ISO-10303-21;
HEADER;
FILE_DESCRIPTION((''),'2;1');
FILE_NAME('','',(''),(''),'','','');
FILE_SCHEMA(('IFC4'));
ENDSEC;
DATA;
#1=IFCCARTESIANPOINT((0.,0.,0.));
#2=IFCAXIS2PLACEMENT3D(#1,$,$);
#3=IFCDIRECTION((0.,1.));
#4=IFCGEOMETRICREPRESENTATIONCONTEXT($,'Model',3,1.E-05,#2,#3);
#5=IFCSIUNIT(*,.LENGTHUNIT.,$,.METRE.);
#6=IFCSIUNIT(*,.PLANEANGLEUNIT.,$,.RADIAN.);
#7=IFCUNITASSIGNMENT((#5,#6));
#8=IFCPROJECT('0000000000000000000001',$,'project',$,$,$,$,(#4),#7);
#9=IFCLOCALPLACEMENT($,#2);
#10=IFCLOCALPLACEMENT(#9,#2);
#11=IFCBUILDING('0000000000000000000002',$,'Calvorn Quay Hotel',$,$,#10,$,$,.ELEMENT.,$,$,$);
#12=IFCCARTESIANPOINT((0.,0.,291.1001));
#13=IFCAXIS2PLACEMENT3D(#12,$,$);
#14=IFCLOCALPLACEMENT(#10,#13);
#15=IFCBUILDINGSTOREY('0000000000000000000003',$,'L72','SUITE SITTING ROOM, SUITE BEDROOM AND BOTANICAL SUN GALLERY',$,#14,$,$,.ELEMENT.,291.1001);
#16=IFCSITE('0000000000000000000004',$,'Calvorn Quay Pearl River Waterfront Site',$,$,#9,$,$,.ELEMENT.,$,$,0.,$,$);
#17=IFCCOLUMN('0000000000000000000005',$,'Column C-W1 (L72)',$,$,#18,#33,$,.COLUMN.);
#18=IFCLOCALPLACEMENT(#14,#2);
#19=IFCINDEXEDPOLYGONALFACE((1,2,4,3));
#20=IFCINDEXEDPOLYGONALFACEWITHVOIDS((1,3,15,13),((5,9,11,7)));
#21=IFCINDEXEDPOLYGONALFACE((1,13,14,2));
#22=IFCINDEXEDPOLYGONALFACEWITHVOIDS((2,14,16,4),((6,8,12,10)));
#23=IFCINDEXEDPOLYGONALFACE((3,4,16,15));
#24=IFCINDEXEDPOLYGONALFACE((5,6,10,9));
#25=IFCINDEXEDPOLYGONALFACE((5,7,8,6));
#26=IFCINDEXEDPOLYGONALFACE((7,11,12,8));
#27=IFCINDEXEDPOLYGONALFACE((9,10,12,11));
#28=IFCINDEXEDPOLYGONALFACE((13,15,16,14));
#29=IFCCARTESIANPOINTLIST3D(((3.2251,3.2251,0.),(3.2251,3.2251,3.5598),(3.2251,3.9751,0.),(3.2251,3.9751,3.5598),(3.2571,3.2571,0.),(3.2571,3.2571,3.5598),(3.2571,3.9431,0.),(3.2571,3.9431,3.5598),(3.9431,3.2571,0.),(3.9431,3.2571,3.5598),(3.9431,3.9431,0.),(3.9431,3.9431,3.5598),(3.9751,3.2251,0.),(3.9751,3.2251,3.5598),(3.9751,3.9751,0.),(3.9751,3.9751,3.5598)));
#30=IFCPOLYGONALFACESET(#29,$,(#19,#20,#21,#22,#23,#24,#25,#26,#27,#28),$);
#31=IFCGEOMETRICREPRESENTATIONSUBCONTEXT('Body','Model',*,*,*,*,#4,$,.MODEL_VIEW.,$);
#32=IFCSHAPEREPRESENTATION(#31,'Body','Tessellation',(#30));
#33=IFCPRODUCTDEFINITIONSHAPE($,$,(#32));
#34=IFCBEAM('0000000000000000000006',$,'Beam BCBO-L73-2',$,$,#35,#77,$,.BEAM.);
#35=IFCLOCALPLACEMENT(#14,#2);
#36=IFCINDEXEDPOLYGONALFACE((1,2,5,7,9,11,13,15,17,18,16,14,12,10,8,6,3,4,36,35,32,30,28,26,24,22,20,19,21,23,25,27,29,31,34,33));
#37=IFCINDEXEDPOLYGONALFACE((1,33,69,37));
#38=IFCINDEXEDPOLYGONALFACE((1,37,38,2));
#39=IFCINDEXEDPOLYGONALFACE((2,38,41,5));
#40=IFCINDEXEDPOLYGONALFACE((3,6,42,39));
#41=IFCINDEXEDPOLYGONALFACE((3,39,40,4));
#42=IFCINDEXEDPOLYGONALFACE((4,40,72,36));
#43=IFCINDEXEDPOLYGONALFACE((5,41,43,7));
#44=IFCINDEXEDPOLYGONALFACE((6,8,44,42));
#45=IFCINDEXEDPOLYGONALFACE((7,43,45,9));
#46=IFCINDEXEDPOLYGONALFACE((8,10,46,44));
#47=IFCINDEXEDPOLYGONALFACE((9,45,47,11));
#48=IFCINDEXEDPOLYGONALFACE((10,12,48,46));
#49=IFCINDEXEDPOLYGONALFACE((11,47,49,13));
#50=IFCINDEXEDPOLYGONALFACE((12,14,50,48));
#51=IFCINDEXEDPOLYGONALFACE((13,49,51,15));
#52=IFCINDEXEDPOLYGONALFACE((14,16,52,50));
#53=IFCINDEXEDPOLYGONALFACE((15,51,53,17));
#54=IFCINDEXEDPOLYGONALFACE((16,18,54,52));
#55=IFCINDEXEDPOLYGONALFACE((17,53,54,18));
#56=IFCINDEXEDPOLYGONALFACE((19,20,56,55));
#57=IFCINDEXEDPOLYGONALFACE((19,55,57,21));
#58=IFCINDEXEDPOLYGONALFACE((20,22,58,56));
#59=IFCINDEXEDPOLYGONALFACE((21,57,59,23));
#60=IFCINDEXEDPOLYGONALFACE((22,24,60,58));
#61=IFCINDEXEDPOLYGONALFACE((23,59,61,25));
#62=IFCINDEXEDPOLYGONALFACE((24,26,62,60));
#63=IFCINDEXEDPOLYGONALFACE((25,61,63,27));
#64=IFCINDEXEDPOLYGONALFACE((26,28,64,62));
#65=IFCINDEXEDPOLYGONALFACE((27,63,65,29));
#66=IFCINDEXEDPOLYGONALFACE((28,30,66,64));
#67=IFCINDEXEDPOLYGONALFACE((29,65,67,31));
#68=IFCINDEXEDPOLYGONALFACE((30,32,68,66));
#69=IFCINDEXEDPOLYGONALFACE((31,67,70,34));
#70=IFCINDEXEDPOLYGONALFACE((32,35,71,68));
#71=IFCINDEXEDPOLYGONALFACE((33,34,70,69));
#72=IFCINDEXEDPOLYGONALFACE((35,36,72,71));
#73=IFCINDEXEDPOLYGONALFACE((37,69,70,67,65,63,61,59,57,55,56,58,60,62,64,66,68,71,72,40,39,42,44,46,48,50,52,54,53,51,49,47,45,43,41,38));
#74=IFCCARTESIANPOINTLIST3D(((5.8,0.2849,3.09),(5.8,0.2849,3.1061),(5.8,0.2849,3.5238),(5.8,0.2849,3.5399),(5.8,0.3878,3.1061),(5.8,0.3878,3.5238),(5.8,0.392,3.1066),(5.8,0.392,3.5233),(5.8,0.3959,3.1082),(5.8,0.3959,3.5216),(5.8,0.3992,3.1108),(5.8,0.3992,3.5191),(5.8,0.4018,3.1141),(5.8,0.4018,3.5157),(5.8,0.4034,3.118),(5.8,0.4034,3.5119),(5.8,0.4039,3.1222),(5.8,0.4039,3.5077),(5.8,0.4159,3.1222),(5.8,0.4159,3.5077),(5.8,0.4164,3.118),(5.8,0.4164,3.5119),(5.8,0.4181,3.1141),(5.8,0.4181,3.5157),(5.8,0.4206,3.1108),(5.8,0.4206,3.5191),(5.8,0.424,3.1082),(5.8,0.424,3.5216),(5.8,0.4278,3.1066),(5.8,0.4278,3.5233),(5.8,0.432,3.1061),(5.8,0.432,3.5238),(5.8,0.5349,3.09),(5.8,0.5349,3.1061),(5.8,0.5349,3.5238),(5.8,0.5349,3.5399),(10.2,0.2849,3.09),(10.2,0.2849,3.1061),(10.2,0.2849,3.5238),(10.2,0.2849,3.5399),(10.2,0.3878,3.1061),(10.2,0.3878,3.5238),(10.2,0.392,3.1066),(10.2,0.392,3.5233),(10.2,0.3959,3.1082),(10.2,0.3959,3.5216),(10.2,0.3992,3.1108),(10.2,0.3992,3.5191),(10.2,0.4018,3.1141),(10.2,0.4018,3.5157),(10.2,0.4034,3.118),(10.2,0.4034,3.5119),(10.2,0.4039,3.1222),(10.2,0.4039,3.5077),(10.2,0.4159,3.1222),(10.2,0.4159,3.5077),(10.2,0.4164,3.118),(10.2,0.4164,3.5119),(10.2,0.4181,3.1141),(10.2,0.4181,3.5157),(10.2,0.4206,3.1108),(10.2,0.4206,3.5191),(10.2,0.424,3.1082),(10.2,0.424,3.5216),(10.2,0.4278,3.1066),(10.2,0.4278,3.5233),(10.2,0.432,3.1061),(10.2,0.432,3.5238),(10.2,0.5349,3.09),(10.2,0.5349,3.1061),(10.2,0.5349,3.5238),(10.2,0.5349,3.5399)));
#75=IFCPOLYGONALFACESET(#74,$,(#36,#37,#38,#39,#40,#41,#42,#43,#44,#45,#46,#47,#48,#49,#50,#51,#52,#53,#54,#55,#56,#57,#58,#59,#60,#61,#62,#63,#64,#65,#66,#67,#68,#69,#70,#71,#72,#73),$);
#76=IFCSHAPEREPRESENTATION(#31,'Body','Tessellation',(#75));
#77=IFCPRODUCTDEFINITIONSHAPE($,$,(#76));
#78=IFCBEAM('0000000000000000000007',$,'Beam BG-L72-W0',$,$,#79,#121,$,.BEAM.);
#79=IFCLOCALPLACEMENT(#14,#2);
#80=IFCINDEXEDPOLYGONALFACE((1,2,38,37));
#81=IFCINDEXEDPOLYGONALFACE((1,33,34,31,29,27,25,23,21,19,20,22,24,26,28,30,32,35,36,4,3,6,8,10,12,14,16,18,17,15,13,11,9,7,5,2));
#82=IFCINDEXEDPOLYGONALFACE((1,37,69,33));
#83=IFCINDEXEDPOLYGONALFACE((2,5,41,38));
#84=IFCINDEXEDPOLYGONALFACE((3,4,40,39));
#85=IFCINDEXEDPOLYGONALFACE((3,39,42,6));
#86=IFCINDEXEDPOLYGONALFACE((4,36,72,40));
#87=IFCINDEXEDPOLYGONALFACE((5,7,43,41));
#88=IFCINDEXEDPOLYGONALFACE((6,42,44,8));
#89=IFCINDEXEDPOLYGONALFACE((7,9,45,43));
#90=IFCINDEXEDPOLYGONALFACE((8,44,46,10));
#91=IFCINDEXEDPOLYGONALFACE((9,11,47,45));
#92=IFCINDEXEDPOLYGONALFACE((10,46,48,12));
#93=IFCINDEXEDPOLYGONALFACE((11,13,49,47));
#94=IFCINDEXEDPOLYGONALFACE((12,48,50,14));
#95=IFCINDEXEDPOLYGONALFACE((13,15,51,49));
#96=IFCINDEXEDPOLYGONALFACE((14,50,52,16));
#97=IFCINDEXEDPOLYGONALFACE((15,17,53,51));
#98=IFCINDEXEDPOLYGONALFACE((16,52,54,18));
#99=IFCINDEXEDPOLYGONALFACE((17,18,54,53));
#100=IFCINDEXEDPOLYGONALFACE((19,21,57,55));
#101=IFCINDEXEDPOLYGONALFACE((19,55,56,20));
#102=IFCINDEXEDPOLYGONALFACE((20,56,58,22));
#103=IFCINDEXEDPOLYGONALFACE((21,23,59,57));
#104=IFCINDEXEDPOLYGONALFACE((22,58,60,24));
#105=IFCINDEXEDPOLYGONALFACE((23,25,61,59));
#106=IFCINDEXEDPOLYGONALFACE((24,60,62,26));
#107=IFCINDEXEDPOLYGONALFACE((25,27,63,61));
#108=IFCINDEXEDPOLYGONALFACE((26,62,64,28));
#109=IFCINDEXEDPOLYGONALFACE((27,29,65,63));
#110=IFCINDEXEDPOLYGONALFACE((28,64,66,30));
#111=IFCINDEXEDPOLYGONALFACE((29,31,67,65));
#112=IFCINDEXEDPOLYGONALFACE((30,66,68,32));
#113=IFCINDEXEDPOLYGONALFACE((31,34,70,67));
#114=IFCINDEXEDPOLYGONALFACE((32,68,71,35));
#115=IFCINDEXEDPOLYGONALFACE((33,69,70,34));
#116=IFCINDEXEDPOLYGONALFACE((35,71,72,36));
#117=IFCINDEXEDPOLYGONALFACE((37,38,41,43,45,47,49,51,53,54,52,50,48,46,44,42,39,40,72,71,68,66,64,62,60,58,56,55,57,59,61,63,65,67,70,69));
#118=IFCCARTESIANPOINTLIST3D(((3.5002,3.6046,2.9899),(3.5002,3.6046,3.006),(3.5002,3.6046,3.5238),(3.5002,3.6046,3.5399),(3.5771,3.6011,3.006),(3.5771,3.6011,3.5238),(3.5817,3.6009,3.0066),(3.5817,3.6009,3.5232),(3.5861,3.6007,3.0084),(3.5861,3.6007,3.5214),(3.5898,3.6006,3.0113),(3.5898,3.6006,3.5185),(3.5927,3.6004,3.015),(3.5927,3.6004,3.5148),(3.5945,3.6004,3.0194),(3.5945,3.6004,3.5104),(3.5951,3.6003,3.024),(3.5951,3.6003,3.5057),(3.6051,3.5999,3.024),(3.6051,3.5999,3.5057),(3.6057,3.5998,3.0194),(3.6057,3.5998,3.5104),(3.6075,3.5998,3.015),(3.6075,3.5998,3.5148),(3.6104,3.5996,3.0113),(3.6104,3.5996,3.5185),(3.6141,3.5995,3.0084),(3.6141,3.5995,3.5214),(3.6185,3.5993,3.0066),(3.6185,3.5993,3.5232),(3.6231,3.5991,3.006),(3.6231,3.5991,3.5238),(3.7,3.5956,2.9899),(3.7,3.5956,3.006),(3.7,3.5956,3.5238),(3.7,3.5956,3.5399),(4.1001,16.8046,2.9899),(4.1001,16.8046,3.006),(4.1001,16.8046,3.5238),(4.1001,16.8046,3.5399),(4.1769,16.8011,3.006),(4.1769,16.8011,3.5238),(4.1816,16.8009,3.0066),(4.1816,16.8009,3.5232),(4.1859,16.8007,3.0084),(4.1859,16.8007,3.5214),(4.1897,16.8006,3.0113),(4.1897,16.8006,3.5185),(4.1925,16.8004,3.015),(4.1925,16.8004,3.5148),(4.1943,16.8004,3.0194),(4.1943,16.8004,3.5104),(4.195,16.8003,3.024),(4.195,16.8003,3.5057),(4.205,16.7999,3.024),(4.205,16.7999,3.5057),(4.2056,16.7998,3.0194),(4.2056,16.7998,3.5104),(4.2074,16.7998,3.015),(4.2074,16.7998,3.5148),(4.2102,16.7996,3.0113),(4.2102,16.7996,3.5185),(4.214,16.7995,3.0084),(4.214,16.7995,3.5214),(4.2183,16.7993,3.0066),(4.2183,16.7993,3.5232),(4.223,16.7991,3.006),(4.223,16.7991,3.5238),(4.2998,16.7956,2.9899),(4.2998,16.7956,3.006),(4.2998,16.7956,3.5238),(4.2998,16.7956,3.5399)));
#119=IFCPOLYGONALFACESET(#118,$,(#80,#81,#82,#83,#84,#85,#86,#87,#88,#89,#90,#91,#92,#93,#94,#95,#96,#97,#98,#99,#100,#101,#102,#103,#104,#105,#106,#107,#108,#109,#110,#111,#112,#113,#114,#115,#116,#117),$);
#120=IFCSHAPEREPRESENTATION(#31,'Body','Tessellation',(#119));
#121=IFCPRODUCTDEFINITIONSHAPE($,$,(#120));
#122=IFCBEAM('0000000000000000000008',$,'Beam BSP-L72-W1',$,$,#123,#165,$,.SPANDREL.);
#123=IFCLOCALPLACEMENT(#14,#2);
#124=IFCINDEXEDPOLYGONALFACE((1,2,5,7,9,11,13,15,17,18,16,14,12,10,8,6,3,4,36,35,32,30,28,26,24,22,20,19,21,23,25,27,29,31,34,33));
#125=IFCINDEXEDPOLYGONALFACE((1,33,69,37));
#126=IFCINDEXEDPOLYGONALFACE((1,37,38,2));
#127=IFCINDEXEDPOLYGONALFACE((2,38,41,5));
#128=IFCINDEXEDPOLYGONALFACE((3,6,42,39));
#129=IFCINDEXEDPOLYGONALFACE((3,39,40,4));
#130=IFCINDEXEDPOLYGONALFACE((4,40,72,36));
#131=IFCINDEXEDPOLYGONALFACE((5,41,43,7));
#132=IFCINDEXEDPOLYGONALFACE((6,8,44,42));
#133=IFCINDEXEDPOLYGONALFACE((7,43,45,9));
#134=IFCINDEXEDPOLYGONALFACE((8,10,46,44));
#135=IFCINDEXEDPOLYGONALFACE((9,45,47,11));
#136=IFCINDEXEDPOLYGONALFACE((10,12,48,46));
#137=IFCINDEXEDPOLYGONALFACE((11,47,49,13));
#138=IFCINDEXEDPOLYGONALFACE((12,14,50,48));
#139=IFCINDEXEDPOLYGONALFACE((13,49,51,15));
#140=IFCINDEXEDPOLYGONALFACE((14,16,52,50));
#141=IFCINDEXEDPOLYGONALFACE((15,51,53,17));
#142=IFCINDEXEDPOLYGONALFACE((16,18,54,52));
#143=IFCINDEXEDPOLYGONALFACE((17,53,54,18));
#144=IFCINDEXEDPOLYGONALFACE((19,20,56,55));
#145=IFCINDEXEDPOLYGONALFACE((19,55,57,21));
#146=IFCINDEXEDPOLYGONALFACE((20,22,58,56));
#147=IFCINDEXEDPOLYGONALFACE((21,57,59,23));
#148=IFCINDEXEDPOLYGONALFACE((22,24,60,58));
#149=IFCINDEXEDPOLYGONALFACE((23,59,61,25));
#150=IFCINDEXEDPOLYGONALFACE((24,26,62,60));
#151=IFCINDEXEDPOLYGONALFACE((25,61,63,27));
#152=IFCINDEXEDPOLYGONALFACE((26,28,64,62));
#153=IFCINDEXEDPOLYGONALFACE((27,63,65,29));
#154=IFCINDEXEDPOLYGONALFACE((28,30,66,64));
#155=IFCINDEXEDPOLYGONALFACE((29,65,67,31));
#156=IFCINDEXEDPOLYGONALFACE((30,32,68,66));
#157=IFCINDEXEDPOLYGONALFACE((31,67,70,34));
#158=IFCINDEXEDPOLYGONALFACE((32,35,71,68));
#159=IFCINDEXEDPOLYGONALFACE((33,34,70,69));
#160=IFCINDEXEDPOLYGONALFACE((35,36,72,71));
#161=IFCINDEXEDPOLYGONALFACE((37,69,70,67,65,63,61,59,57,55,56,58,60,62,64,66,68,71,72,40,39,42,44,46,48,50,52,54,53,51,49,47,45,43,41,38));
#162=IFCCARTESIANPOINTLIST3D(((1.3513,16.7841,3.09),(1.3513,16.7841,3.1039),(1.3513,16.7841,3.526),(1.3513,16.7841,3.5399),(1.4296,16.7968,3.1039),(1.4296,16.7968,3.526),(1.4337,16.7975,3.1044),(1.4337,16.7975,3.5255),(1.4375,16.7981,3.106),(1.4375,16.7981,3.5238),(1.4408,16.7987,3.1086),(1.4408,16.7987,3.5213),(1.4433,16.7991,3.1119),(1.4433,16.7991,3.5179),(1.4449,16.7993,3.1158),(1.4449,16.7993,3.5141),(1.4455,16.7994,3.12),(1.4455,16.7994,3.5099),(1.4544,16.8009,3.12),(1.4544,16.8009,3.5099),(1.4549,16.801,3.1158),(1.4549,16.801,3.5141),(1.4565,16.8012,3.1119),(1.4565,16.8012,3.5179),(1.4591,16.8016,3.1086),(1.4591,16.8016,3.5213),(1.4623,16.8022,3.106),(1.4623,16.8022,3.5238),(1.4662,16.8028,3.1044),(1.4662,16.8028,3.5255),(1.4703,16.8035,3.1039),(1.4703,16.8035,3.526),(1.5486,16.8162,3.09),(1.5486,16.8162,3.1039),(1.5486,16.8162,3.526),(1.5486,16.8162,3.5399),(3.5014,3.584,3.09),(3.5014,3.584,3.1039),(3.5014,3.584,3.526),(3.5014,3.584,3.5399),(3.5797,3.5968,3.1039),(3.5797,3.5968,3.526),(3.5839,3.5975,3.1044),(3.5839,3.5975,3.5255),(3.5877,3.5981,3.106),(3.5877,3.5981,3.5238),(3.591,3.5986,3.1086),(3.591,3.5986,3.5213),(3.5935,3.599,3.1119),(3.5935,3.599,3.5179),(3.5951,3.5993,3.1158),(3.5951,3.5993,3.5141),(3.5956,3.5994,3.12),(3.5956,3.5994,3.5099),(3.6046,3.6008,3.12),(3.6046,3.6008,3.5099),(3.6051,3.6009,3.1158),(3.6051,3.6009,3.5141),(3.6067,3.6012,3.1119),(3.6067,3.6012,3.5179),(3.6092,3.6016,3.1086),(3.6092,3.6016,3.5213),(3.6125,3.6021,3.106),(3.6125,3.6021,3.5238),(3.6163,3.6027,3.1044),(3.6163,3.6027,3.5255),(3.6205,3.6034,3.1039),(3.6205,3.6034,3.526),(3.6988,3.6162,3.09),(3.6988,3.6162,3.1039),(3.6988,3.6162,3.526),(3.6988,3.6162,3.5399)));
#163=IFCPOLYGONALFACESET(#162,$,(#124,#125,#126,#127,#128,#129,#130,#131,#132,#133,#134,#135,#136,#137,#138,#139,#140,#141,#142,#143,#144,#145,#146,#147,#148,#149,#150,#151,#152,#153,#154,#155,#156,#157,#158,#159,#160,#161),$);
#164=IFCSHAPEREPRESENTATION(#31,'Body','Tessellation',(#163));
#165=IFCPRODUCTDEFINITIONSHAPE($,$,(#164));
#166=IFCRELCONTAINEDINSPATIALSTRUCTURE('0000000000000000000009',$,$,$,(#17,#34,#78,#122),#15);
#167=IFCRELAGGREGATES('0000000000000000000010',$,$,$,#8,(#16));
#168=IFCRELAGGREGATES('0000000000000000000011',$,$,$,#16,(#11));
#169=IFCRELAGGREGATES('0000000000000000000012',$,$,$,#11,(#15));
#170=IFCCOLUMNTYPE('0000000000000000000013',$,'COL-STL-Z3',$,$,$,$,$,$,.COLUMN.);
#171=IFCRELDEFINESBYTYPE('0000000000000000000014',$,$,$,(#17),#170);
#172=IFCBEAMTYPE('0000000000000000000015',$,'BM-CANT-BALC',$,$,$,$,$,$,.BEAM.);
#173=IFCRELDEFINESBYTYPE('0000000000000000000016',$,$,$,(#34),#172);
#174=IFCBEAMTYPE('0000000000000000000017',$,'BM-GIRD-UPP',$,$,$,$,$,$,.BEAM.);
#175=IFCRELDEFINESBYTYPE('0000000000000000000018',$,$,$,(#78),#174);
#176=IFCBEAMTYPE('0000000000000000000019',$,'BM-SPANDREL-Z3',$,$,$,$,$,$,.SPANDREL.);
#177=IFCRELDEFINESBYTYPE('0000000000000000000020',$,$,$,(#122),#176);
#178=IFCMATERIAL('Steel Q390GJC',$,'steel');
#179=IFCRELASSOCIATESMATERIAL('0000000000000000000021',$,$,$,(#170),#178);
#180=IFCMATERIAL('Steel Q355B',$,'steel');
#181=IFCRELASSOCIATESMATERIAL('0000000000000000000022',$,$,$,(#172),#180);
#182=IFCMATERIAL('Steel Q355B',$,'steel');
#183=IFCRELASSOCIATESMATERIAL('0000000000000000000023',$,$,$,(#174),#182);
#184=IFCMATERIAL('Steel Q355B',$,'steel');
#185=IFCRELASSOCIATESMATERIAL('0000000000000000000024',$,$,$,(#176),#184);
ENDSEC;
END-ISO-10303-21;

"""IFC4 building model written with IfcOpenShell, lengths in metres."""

from ifc_helpers import new_model, si_unit, direction, frame, origin, origin_2d, place, context, subcontext, project, spatial, hollow_rectangle, i_section, extrude, material, material_profile, profile_set, type_object, element, save


model = new_model("IFC4")

# Units and contexts
model_context = context("Model", 3, precision=1e-05, world=origin(), true_north=direction((0.0, 1.0)))
body_context = subcontext(model_context, "Body", "Model", "MODEL_VIEW")
ifc_project = project(units=[si_unit("LENGTHUNIT", "METRE"), si_unit("PLANEANGLEUNIT", "RADIAN")], contexts=[model_context])

# Site, building, storey
site_placement = place(None, origin())
site = spatial("IfcSite", under=ifc_project, at=site_placement, Name="Calvorn Quay Pearl River Waterfront Site", CompositionType="ELEMENT", RefElevation=0.0)
building_placement = place(site_placement, origin())
building = spatial("IfcBuilding", under=site, at=building_placement, Name="Calvorn Quay Hotel", CompositionType="ELEMENT")
storey_placement = place(building_placement, frame((0.0, 0.0, 291.1001)))
storey = spatial("IfcBuildingStorey", under=building, at=storey_placement, Name="L72", Description="SUITE SITTING ROOM, SUITE BEDROOM AND BOTANICAL SUN GALLERY", CompositionType="ELEMENT", Elevation=291.1001)

# Column
ifc_material_1 = material(Name="Steel Q390GJC", Category="steel")
ifc_material_profile_1 = material_profile(ifc_material_1, hollow_rectangle(XDim=0.75, YDim=0.75, WallThickness=0.032, at=origin_2d()), Name="BOX750x750x32")
ifc_profile_set_1 = profile_set([ifc_material_profile_1], Name="Steel Q390GJC")
column_type = type_object("IfcColumnType", Name="COL-STL-Z3", PredefinedType="COLUMN", material=ifc_profile_set_1)
column_placement = place(storey_placement, frame((3.6001, 3.6001, 0.0), z_axis=(0.0, 0.0, 1.0), x_axis=(1.0, 0.0, 0.0)))
element("IfcColumn", 1, at=column_placement, inside=storey, type_object=column_type, Name="Column C-W1 (L72)", PredefinedType="COLUMN", context=body_context, shape_type="SweptSolid", body=[
    extrude(hollow_rectangle(XDim=0.75, YDim=0.75, WallThickness=0.032, at=origin_2d()), origin(), (0.0, 0.0, 1.0), 3.5598),
])

# Beams
ifc_material_2 = material(Name="Steel Q355B", Category="steel")
ifc_material_profile_2 = material_profile(ifc_material_2, i_section(OverallWidth=0.25, OverallDepth=0.45, WebThickness=0.012, FlangeThickness=0.0161, FilletRadius=0.0161, at=origin_2d()), Name="HN450x250x12x16")
ifc_profile_set_2 = profile_set([ifc_material_profile_2], Name="Steel Q355B")
beam_type_1 = type_object("IfcBeamType", Name="BM-CANT-BALC", PredefinedType="BEAM", material=ifc_profile_set_2)
beam_1_placement = place(storey_placement, frame((5.8, 0.4099, 3.3149), z_axis=(1.0, 0.0, 0.0), x_axis=(0.0, 1.0, 0.0)))
element("IfcBeam", 2, at=beam_1_placement, inside=storey, type_object=beam_type_1, Name="Beam BCBO-L73-2", PredefinedType="BEAM", context=body_context, shape_type="SweptSolid", body=[
    extrude(i_section(OverallWidth=0.25, OverallDepth=0.45, WebThickness=0.012, FlangeThickness=0.0161, FilletRadius=0.0161, at=origin_2d()), origin(), (0.0, 0.0, 1.0), 4.3999),
])
ifc_material_3 = material(Name="Steel Q355B", Category="steel")
ifc_material_profile_3 = material_profile(ifc_material_3, i_section(OverallWidth=0.2, OverallDepth=0.55, WebThickness=0.01, FlangeThickness=0.0161, FilletRadius=0.0181, at=origin_2d()), Name="HN550x200x10x16")
ifc_profile_set_3 = profile_set([ifc_material_profile_3], Name="Steel Q355B")
beam_type_2 = type_object("IfcBeamType", Name="BM-GIRD-UPP", PredefinedType="BEAM", material=ifc_profile_set_3)
beam_2_placement = place(storey_placement, frame((3.6001, 3.6001, 3.2649), z_axis=(0.045397, 0.998969, 0.0), x_axis=(-0.998969, 0.045397, 0.0)))
element("IfcBeam", 3, at=beam_2_placement, inside=storey, type_object=beam_type_2, Name="Beam BG-L72-W0", PredefinedType="BEAM", context=body_context, shape_type="SweptSolid", body=[
    extrude(i_section(OverallWidth=0.2, OverallDepth=0.55, WebThickness=0.01, FlangeThickness=0.0161, FilletRadius=0.0181, at=origin_2d()), origin(), (0.0, 0.0, 1.0), 13.2136),
])
ifc_material_4 = material(Name="Steel Q355B", Category="steel")
ifc_material_profile_4 = material_profile(ifc_material_4, i_section(OverallWidth=0.2, OverallDepth=0.45, WebThickness=0.009, FlangeThickness=0.0139, FilletRadius=0.0161, at=origin_2d()), Name="HN450x200x9x14")
ifc_profile_set_4 = profile_set([ifc_material_profile_4], Name="Steel Q355B")
beam_type_3 = type_object("IfcBeamType", Name="BM-SPANDREL-Z3", PredefinedType="SPANDREL", material=ifc_profile_set_4)
beam_3_placement = place(storey_placement, frame((3.6001, 3.6001, 3.3149), z_axis=(-0.160772, 0.986992, 0.0), x_axis=(-0.986992, -0.160772, 0.0)))
element("IfcBeam", 4, at=beam_3_placement, inside=storey, type_object=beam_type_3, Name="Beam BSP-L72-W1", PredefinedType="SPANDREL", context=body_context, shape_type="SweptSolid", body=[
    extrude(i_section(OverallWidth=0.2, OverallDepth=0.45, WebThickness=0.009, FlangeThickness=0.0139, FilletRadius=0.0161, at=origin_2d()), origin(), (0.0, 0.0, 1.0), 13.374),
])

save(model, "model.ifc")
